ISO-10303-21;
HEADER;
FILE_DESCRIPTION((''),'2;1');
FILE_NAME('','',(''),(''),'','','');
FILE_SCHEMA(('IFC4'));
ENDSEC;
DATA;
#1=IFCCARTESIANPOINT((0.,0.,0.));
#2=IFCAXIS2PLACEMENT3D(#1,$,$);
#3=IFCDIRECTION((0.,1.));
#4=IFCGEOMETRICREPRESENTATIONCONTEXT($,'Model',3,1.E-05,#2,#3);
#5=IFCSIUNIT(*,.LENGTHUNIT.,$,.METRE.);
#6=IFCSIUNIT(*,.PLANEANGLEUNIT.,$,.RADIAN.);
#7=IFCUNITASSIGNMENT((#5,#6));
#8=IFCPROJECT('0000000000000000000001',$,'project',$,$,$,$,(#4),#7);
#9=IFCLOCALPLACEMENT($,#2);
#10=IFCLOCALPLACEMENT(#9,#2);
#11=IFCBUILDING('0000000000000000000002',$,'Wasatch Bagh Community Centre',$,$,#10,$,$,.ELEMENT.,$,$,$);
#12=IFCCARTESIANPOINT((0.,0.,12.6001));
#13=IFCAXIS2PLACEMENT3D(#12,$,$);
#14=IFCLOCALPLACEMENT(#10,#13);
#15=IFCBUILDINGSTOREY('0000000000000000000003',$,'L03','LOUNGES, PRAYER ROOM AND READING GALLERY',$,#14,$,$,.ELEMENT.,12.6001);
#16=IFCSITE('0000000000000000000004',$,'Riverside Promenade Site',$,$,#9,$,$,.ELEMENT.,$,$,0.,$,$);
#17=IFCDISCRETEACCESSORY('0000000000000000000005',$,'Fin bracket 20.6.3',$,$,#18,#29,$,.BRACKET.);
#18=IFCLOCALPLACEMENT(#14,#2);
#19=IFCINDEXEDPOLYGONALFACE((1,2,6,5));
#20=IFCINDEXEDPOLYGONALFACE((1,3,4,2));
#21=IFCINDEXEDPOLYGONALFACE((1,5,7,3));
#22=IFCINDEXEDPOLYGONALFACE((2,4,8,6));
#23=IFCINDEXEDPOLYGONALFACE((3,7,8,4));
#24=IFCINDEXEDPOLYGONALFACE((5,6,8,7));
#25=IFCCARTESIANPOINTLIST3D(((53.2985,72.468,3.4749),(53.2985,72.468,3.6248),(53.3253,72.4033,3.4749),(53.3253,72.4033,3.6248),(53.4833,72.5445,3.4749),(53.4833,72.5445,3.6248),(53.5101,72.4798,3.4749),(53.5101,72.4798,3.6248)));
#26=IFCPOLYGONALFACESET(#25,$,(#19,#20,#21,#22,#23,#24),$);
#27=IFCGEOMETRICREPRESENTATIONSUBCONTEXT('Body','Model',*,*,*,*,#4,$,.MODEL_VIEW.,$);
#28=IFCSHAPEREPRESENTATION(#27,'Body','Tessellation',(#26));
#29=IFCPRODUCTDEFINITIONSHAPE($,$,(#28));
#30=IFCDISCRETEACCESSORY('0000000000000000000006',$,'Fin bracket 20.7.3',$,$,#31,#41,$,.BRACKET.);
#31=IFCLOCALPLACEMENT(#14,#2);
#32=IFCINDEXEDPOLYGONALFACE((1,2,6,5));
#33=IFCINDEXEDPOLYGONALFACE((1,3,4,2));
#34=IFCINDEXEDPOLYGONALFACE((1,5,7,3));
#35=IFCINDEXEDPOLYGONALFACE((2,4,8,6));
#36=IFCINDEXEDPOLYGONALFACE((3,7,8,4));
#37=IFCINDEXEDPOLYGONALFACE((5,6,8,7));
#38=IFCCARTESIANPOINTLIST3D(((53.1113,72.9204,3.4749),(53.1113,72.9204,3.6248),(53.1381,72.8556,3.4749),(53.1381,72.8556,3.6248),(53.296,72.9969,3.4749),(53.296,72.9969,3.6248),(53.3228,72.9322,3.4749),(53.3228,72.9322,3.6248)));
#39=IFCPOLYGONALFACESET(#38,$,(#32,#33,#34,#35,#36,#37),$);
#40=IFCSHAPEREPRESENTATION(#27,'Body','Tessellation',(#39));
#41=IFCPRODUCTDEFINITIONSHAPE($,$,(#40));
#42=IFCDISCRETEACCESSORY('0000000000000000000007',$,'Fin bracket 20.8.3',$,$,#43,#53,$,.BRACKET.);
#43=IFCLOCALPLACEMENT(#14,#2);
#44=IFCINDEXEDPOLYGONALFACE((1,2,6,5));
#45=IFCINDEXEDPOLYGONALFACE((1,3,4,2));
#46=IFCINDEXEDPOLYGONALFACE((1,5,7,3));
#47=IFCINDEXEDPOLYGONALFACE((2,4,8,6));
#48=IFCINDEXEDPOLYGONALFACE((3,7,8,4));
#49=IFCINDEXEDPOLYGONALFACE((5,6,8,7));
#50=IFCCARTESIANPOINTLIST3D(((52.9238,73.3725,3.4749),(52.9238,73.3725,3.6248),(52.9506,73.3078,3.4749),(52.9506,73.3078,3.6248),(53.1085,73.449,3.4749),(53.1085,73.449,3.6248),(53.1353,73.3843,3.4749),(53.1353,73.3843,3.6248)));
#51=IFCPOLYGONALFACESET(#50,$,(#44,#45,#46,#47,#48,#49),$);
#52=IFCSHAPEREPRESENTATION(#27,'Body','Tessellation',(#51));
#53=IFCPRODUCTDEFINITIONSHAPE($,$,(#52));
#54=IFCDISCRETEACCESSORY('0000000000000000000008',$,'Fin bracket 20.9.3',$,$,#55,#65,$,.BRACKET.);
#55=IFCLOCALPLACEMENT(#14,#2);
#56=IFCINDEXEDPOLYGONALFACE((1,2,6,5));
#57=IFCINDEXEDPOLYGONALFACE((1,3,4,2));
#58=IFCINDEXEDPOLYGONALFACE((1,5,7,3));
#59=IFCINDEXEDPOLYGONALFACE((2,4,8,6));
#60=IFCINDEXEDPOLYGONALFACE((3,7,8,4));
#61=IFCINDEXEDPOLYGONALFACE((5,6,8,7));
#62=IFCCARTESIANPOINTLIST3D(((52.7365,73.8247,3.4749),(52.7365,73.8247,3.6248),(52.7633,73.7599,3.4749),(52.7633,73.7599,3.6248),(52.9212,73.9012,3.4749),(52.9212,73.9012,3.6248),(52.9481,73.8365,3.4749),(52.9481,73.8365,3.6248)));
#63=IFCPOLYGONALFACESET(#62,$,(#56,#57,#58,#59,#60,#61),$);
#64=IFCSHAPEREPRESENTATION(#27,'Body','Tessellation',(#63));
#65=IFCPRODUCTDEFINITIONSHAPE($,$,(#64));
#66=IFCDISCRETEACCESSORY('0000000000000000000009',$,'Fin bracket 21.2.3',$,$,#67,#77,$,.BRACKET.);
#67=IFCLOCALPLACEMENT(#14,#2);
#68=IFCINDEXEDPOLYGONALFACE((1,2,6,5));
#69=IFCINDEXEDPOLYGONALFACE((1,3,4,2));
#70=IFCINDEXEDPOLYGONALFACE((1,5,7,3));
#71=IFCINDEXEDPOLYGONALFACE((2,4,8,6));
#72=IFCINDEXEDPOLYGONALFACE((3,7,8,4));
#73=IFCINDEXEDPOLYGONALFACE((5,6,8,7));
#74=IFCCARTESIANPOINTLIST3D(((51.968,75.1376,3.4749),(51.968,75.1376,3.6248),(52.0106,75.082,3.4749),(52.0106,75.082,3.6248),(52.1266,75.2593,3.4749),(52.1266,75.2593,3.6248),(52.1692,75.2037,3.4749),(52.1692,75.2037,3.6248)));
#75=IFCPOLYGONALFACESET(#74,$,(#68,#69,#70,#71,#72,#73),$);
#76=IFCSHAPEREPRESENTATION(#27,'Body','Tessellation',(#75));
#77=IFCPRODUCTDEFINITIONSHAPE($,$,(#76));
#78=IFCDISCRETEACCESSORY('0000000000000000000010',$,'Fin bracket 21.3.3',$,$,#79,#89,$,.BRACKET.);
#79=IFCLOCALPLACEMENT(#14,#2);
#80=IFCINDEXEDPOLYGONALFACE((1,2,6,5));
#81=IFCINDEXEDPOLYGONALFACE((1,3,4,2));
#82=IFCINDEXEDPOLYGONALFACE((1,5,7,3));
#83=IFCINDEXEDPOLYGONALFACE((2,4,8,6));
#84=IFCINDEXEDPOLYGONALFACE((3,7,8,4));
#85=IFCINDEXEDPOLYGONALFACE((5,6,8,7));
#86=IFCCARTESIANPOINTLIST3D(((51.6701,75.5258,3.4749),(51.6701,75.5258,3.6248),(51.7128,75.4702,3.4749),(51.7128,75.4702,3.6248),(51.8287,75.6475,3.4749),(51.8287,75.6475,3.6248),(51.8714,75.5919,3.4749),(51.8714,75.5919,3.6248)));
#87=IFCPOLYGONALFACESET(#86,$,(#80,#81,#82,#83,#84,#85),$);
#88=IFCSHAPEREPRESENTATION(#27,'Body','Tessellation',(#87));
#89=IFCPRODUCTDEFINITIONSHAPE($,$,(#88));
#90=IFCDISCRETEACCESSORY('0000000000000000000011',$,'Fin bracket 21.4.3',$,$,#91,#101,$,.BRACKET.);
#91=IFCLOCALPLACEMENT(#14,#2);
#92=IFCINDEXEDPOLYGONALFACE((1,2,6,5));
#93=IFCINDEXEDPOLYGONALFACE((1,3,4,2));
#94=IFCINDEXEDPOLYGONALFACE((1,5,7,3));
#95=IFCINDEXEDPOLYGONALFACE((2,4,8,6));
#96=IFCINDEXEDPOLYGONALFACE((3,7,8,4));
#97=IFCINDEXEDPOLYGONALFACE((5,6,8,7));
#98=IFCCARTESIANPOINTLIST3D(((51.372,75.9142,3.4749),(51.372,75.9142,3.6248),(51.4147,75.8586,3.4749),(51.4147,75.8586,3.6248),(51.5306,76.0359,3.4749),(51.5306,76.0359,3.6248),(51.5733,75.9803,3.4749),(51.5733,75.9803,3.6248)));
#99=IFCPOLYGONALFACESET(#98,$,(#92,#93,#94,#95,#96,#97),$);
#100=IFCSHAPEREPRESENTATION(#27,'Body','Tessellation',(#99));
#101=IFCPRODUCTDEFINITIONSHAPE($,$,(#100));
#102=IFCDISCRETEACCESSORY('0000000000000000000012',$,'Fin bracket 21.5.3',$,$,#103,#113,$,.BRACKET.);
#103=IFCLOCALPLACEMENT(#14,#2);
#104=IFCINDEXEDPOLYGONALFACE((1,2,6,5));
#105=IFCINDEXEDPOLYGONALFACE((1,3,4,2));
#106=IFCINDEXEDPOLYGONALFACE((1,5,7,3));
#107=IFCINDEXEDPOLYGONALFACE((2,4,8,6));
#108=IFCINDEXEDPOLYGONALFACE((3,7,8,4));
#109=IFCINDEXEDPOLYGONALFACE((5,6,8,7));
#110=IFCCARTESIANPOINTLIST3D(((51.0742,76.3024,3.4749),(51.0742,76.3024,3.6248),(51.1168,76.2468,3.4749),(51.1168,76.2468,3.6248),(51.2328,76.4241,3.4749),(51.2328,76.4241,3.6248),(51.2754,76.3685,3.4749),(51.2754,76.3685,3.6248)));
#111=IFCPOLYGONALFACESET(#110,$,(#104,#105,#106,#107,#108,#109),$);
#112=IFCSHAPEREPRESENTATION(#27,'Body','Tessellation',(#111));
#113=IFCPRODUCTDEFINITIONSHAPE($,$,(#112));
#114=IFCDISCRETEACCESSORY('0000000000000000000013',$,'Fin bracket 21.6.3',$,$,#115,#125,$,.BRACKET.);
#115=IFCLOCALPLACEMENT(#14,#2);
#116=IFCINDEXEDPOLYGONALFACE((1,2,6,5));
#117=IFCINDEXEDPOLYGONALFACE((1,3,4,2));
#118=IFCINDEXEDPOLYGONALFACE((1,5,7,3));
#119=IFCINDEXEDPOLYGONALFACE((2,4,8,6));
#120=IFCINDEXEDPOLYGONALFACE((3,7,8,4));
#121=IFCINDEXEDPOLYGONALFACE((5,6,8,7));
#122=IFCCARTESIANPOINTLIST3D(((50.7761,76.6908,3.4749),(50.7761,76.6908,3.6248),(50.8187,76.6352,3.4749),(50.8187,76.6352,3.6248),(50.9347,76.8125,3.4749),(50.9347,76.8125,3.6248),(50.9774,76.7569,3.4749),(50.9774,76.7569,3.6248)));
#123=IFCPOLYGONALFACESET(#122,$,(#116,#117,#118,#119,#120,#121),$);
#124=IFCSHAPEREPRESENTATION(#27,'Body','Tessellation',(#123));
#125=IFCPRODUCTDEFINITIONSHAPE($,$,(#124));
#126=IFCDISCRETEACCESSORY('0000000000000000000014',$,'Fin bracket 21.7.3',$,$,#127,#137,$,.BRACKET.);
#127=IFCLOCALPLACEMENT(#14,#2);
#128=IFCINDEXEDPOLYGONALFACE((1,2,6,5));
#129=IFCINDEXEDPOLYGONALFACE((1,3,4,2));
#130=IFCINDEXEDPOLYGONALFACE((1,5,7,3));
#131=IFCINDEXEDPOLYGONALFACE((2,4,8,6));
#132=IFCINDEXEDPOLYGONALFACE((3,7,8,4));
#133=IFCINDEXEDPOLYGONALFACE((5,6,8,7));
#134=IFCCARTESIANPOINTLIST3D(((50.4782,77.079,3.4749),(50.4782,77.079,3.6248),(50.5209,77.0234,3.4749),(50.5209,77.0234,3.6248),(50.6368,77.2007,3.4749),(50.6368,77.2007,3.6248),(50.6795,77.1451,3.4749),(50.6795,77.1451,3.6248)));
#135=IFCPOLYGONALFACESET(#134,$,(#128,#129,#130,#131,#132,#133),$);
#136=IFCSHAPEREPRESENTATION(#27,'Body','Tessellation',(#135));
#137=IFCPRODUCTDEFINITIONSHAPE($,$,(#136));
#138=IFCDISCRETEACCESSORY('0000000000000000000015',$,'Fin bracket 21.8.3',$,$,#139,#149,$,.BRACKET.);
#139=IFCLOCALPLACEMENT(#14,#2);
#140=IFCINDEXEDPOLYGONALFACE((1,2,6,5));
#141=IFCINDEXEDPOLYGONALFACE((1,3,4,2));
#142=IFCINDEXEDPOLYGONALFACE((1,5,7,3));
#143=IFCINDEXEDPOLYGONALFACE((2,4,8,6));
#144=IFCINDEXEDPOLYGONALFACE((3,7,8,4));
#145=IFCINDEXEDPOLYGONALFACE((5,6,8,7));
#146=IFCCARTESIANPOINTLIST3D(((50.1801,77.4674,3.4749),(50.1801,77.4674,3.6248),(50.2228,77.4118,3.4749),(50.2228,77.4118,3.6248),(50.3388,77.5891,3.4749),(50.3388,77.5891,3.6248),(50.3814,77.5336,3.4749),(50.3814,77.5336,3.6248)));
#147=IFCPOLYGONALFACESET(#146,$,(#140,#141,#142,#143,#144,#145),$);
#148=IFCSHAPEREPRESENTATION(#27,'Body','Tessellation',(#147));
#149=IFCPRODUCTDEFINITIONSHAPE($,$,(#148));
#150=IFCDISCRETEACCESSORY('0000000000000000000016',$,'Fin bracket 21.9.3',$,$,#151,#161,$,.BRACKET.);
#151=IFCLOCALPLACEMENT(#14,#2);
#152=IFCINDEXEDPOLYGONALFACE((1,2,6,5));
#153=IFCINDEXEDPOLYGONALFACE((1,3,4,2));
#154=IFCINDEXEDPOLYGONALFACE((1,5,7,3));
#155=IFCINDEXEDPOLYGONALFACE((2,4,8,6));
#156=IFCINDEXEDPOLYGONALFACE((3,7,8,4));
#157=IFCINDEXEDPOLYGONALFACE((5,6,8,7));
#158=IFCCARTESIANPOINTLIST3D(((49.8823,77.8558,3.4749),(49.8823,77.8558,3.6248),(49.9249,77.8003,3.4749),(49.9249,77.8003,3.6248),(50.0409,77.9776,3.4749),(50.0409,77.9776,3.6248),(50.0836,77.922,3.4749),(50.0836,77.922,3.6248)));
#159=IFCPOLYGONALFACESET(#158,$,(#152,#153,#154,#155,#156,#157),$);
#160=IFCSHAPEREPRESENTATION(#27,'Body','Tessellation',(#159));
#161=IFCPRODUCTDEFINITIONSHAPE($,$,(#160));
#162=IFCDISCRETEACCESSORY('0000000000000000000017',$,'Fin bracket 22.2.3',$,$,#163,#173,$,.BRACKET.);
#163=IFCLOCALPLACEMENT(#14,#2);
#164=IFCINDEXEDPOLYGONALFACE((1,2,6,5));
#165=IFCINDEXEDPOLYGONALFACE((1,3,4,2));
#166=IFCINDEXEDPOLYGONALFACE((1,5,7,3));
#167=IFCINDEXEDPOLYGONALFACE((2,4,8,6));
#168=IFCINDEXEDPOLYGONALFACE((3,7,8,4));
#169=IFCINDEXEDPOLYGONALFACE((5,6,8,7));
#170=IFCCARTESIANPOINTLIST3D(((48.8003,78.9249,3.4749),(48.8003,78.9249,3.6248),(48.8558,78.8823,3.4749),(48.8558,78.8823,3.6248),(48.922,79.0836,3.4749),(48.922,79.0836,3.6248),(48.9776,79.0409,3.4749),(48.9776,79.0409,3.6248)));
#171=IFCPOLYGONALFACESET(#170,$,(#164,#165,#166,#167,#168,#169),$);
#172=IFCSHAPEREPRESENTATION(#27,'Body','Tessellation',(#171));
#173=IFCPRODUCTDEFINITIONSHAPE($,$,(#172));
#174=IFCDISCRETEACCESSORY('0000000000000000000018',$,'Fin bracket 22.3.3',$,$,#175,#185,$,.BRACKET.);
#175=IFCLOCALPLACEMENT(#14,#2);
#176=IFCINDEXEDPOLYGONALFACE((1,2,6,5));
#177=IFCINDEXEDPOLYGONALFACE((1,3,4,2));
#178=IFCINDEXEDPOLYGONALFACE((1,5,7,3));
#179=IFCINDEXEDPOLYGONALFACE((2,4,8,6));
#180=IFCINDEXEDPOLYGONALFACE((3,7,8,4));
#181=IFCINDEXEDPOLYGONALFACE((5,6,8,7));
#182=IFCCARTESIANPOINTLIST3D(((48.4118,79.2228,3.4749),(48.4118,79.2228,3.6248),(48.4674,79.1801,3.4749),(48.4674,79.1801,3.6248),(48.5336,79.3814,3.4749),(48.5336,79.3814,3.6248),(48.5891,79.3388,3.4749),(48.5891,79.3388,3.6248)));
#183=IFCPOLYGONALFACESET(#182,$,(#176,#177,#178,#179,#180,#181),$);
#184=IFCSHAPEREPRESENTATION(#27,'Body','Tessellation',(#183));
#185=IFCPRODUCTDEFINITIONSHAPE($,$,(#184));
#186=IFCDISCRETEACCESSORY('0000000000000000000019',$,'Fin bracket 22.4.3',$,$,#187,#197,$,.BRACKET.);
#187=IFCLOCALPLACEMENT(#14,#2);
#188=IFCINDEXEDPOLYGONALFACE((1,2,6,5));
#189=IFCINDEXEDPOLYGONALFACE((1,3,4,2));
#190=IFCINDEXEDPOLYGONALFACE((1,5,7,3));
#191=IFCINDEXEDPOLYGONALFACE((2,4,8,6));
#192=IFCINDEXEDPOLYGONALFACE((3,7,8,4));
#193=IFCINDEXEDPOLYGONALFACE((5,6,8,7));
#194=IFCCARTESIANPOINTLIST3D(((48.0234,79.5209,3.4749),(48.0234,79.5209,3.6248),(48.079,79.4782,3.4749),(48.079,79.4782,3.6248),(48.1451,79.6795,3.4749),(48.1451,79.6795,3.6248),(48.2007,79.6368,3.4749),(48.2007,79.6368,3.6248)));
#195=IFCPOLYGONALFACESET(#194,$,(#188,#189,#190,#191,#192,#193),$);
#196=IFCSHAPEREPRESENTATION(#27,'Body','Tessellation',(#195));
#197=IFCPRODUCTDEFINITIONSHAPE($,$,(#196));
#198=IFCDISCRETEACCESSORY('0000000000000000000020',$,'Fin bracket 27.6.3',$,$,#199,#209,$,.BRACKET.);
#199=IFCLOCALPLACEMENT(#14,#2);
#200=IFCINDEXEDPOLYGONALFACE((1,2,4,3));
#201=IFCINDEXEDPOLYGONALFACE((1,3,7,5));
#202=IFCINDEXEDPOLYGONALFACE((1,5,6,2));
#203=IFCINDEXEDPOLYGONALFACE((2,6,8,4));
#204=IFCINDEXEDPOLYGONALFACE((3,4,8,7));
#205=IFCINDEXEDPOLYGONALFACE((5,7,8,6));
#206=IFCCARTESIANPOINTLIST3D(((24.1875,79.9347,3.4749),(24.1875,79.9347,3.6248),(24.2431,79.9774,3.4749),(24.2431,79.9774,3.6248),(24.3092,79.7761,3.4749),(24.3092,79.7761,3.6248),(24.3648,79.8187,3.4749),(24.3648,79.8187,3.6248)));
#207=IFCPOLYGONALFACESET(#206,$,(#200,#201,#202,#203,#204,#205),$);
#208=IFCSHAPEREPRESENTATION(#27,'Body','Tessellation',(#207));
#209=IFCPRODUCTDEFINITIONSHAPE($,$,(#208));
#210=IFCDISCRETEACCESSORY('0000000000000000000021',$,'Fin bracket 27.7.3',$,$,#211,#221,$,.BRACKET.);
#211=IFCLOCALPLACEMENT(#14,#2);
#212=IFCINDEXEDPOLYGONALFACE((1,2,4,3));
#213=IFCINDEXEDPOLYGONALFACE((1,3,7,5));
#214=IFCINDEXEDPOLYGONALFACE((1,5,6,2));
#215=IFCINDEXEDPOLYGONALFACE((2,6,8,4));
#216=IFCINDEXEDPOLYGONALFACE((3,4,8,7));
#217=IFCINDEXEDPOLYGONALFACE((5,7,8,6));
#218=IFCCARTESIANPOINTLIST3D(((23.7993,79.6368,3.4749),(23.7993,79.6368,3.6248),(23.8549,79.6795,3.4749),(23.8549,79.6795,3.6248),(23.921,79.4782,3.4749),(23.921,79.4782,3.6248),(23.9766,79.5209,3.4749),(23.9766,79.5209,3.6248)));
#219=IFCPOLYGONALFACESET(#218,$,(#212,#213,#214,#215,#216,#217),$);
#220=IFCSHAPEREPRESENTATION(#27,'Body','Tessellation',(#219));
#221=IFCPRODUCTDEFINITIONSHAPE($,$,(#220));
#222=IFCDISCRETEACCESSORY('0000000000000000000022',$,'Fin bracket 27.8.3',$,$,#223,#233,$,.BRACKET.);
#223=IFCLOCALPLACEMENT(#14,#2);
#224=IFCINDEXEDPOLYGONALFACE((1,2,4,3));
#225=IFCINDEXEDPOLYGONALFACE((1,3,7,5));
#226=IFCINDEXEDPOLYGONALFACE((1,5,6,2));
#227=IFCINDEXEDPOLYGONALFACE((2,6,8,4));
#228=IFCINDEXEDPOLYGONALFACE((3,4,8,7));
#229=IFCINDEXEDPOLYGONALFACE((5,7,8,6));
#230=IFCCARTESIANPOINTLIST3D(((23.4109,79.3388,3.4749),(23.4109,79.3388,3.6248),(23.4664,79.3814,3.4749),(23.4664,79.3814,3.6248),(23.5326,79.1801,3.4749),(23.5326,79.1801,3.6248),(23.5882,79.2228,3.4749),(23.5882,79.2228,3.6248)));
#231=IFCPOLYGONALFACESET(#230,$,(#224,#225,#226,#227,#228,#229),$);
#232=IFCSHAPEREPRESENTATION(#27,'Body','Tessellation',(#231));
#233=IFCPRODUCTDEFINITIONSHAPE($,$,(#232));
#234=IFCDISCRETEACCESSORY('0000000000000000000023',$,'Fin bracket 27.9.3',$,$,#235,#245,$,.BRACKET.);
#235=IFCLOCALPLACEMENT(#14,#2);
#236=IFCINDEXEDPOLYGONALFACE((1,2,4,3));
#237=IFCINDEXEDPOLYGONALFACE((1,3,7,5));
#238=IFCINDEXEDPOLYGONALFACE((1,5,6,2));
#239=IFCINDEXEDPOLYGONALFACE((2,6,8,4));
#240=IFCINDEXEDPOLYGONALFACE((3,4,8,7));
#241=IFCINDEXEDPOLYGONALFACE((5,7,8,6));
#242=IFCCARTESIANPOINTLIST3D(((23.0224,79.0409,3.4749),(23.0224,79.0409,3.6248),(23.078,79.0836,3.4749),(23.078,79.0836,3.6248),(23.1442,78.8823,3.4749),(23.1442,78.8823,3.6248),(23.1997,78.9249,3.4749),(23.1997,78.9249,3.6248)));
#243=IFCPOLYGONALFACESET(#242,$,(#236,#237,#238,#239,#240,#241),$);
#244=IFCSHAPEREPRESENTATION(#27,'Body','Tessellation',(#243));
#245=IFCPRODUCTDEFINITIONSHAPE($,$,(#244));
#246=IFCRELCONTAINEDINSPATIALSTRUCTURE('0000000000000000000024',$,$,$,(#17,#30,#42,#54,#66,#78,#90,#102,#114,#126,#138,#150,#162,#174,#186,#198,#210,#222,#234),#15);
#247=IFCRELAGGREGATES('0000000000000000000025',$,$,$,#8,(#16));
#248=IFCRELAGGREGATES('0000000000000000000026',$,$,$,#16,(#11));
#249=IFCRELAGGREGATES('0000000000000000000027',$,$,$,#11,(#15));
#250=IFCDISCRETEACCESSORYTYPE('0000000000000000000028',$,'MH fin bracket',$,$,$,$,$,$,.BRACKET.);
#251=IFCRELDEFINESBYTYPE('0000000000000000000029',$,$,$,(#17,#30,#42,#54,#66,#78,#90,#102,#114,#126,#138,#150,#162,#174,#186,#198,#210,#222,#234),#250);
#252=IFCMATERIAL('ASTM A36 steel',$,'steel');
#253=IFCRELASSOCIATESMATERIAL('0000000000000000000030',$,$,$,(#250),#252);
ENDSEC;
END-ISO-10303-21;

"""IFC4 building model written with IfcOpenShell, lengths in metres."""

from ifc_helpers import new_model, si_unit, direction, frame, origin, origin_2d, place, context, subcontext, project, spatial, rectangle, extrude, material, type_object, element, save


model = new_model("IFC4")

# Units and contexts
model_context = context("Model", 3, precision=1e-05, world=origin(), true_north=direction((0.0, 1.0)))
body_context = subcontext(model_context, "Body", "Model", "MODEL_VIEW")
ifc_project = project(units=[si_unit("LENGTHUNIT", "METRE"), si_unit("PLANEANGLEUNIT", "RADIAN")], contexts=[model_context])

# Site, building, storey
site_placement = place(None, origin())
site = spatial("IfcSite", under=ifc_project, at=site_placement, Name="Riverside Promenade Site", CompositionType="ELEMENT", RefElevation=0.0)
building_placement = place(site_placement, origin())
building = spatial("IfcBuilding", under=site, at=building_placement, Name="Wasatch Bagh Community Centre", CompositionType="ELEMENT")
storey_placement = place(building_placement, frame((0.0, 0.0, 12.6001)))
storey = spatial("IfcBuildingStorey", under=building, at=storey_placement, Name="L03", Description="LOUNGES, PRAYER ROOM AND READING GALLERY", CompositionType="ELEMENT", Elevation=12.6001)

# Discrete accessories
ifc_material_1 = material(Name="ASTM A36 steel", Category="steel")
discrete_accessory_type = type_object("IfcDiscreteAccessoryType", Name="MH fin bracket", PredefinedType="BRACKET", material=ifc_material_1)
for number, where, z_axis, x_axis, name in (
    (1, (53.4043, 72.4739, 3.4749), (0.0, 0.0, 1.0), (-0.382683, 0.92388, 0.0), "Fin bracket 20.6.3"),
    (2, (53.217, 72.9263, 3.4749), (0.0, 0.0, 1.0), (-0.382683, 0.92388, 0.0), "Fin bracket 20.7.3"),
    (3, (53.0295, 73.3784, 3.4749), (0.0, 0.0, 1.0), (-0.382683, 0.92388, 0.0), "Fin bracket 20.8.3"),
    (4, (52.8423, 73.8306, 3.4749), (0.0, 0.0, 1.0), (-0.382683, 0.92388, 0.0), "Fin bracket 20.9.3"),
    (5, (52.0686, 75.1707, 3.4749), (0.0, 0.0, 1.0), (-0.608761, 0.793353, 0.0), "Fin bracket 21.2.3"),
    (6, (51.7708, 75.5588, 3.4749), (0.0, 0.0, 1.0), (-0.608761, 0.793353, 0.0), "Fin bracket 21.3.3"),
    (7, (51.4727, 75.9473, 3.4749), (0.0, 0.0, 1.0), (-0.608761, 0.793353, 0.0), "Fin bracket 21.4.3"),
    (8, (51.1748, 76.3354, 3.4749), (0.0, 0.0, 1.0), (-0.608761, 0.793353, 0.0), "Fin bracket 21.5.3"),
    (9, (50.8767, 76.7239, 3.4749), (0.0, 0.0, 1.0), (-0.608761, 0.793353, 0.0), "Fin bracket 21.6.3"),
    (10, (50.5789, 77.1121, 3.4749), (0.0, 0.0, 1.0), (-0.608761, 0.793353, 0.0), "Fin bracket 21.7.3"),
    (11, (50.2808, 77.5005, 3.4749), (0.0, 0.0, 1.0), (-0.608761, 0.793353, 0.0), "Fin bracket 21.8.3"),
    (12, (49.9829, 77.8889, 3.4749), (0.0, 0.0, 1.0), (-0.608761, 0.793353, 0.0), "Fin bracket 21.9.3"),
    (13, (48.8889, 78.9829, 3.4749), (0.0, 0.0, 1.0), (-0.793353, 0.608761, 0.0), "Fin bracket 22.2.3"),
    (14, (48.5005, 79.2808, 3.4749), (0.0, 0.0, 1.0), (-0.793353, 0.608761, 0.0), "Fin bracket 22.3.3"),
    (15, (48.1121, 79.5789, 3.4749), (0.0, 0.0, 1.0), (-0.793353, 0.608761, 0.0), "Fin bracket 22.4.3"),
    (16, (24.2761, 79.8767, 3.4749), (0.0, 0.0, 1.0), (-0.793353, -0.608761, 0.0), "Fin bracket 27.6.3"),
    (17, (23.8879, 79.5789, 3.4749), (0.0, 0.0, 1.0), (-0.793353, -0.608761, 0.0), "Fin bracket 27.7.3"),
    (18, (23.4995, 79.2808, 3.4749), (0.0, 0.0, 1.0), (-0.793353, -0.608761, 0.0), "Fin bracket 27.8.3"),
    (19, (23.1111, 78.9829, 3.4749), (0.0, 0.0, 1.0), (-0.793353, -0.608761, 0.0), "Fin bracket 27.9.3"),
):
    element("IfcDiscreteAccessory", number, at=place(storey_placement, frame(where, z_axis=z_axis, x_axis=x_axis)), inside=storey, type_object=discrete_accessory_type, Name=name, PredefinedType="BRACKET", context=body_context, shape_type="SweptSolid", body=[
        extrude(rectangle(XDim=0.0701, YDim=0.2, at=origin_2d()), origin(), (0.0, 0.0, 1.0), 0.1499),
    ])

save(model, "model.ifc")
